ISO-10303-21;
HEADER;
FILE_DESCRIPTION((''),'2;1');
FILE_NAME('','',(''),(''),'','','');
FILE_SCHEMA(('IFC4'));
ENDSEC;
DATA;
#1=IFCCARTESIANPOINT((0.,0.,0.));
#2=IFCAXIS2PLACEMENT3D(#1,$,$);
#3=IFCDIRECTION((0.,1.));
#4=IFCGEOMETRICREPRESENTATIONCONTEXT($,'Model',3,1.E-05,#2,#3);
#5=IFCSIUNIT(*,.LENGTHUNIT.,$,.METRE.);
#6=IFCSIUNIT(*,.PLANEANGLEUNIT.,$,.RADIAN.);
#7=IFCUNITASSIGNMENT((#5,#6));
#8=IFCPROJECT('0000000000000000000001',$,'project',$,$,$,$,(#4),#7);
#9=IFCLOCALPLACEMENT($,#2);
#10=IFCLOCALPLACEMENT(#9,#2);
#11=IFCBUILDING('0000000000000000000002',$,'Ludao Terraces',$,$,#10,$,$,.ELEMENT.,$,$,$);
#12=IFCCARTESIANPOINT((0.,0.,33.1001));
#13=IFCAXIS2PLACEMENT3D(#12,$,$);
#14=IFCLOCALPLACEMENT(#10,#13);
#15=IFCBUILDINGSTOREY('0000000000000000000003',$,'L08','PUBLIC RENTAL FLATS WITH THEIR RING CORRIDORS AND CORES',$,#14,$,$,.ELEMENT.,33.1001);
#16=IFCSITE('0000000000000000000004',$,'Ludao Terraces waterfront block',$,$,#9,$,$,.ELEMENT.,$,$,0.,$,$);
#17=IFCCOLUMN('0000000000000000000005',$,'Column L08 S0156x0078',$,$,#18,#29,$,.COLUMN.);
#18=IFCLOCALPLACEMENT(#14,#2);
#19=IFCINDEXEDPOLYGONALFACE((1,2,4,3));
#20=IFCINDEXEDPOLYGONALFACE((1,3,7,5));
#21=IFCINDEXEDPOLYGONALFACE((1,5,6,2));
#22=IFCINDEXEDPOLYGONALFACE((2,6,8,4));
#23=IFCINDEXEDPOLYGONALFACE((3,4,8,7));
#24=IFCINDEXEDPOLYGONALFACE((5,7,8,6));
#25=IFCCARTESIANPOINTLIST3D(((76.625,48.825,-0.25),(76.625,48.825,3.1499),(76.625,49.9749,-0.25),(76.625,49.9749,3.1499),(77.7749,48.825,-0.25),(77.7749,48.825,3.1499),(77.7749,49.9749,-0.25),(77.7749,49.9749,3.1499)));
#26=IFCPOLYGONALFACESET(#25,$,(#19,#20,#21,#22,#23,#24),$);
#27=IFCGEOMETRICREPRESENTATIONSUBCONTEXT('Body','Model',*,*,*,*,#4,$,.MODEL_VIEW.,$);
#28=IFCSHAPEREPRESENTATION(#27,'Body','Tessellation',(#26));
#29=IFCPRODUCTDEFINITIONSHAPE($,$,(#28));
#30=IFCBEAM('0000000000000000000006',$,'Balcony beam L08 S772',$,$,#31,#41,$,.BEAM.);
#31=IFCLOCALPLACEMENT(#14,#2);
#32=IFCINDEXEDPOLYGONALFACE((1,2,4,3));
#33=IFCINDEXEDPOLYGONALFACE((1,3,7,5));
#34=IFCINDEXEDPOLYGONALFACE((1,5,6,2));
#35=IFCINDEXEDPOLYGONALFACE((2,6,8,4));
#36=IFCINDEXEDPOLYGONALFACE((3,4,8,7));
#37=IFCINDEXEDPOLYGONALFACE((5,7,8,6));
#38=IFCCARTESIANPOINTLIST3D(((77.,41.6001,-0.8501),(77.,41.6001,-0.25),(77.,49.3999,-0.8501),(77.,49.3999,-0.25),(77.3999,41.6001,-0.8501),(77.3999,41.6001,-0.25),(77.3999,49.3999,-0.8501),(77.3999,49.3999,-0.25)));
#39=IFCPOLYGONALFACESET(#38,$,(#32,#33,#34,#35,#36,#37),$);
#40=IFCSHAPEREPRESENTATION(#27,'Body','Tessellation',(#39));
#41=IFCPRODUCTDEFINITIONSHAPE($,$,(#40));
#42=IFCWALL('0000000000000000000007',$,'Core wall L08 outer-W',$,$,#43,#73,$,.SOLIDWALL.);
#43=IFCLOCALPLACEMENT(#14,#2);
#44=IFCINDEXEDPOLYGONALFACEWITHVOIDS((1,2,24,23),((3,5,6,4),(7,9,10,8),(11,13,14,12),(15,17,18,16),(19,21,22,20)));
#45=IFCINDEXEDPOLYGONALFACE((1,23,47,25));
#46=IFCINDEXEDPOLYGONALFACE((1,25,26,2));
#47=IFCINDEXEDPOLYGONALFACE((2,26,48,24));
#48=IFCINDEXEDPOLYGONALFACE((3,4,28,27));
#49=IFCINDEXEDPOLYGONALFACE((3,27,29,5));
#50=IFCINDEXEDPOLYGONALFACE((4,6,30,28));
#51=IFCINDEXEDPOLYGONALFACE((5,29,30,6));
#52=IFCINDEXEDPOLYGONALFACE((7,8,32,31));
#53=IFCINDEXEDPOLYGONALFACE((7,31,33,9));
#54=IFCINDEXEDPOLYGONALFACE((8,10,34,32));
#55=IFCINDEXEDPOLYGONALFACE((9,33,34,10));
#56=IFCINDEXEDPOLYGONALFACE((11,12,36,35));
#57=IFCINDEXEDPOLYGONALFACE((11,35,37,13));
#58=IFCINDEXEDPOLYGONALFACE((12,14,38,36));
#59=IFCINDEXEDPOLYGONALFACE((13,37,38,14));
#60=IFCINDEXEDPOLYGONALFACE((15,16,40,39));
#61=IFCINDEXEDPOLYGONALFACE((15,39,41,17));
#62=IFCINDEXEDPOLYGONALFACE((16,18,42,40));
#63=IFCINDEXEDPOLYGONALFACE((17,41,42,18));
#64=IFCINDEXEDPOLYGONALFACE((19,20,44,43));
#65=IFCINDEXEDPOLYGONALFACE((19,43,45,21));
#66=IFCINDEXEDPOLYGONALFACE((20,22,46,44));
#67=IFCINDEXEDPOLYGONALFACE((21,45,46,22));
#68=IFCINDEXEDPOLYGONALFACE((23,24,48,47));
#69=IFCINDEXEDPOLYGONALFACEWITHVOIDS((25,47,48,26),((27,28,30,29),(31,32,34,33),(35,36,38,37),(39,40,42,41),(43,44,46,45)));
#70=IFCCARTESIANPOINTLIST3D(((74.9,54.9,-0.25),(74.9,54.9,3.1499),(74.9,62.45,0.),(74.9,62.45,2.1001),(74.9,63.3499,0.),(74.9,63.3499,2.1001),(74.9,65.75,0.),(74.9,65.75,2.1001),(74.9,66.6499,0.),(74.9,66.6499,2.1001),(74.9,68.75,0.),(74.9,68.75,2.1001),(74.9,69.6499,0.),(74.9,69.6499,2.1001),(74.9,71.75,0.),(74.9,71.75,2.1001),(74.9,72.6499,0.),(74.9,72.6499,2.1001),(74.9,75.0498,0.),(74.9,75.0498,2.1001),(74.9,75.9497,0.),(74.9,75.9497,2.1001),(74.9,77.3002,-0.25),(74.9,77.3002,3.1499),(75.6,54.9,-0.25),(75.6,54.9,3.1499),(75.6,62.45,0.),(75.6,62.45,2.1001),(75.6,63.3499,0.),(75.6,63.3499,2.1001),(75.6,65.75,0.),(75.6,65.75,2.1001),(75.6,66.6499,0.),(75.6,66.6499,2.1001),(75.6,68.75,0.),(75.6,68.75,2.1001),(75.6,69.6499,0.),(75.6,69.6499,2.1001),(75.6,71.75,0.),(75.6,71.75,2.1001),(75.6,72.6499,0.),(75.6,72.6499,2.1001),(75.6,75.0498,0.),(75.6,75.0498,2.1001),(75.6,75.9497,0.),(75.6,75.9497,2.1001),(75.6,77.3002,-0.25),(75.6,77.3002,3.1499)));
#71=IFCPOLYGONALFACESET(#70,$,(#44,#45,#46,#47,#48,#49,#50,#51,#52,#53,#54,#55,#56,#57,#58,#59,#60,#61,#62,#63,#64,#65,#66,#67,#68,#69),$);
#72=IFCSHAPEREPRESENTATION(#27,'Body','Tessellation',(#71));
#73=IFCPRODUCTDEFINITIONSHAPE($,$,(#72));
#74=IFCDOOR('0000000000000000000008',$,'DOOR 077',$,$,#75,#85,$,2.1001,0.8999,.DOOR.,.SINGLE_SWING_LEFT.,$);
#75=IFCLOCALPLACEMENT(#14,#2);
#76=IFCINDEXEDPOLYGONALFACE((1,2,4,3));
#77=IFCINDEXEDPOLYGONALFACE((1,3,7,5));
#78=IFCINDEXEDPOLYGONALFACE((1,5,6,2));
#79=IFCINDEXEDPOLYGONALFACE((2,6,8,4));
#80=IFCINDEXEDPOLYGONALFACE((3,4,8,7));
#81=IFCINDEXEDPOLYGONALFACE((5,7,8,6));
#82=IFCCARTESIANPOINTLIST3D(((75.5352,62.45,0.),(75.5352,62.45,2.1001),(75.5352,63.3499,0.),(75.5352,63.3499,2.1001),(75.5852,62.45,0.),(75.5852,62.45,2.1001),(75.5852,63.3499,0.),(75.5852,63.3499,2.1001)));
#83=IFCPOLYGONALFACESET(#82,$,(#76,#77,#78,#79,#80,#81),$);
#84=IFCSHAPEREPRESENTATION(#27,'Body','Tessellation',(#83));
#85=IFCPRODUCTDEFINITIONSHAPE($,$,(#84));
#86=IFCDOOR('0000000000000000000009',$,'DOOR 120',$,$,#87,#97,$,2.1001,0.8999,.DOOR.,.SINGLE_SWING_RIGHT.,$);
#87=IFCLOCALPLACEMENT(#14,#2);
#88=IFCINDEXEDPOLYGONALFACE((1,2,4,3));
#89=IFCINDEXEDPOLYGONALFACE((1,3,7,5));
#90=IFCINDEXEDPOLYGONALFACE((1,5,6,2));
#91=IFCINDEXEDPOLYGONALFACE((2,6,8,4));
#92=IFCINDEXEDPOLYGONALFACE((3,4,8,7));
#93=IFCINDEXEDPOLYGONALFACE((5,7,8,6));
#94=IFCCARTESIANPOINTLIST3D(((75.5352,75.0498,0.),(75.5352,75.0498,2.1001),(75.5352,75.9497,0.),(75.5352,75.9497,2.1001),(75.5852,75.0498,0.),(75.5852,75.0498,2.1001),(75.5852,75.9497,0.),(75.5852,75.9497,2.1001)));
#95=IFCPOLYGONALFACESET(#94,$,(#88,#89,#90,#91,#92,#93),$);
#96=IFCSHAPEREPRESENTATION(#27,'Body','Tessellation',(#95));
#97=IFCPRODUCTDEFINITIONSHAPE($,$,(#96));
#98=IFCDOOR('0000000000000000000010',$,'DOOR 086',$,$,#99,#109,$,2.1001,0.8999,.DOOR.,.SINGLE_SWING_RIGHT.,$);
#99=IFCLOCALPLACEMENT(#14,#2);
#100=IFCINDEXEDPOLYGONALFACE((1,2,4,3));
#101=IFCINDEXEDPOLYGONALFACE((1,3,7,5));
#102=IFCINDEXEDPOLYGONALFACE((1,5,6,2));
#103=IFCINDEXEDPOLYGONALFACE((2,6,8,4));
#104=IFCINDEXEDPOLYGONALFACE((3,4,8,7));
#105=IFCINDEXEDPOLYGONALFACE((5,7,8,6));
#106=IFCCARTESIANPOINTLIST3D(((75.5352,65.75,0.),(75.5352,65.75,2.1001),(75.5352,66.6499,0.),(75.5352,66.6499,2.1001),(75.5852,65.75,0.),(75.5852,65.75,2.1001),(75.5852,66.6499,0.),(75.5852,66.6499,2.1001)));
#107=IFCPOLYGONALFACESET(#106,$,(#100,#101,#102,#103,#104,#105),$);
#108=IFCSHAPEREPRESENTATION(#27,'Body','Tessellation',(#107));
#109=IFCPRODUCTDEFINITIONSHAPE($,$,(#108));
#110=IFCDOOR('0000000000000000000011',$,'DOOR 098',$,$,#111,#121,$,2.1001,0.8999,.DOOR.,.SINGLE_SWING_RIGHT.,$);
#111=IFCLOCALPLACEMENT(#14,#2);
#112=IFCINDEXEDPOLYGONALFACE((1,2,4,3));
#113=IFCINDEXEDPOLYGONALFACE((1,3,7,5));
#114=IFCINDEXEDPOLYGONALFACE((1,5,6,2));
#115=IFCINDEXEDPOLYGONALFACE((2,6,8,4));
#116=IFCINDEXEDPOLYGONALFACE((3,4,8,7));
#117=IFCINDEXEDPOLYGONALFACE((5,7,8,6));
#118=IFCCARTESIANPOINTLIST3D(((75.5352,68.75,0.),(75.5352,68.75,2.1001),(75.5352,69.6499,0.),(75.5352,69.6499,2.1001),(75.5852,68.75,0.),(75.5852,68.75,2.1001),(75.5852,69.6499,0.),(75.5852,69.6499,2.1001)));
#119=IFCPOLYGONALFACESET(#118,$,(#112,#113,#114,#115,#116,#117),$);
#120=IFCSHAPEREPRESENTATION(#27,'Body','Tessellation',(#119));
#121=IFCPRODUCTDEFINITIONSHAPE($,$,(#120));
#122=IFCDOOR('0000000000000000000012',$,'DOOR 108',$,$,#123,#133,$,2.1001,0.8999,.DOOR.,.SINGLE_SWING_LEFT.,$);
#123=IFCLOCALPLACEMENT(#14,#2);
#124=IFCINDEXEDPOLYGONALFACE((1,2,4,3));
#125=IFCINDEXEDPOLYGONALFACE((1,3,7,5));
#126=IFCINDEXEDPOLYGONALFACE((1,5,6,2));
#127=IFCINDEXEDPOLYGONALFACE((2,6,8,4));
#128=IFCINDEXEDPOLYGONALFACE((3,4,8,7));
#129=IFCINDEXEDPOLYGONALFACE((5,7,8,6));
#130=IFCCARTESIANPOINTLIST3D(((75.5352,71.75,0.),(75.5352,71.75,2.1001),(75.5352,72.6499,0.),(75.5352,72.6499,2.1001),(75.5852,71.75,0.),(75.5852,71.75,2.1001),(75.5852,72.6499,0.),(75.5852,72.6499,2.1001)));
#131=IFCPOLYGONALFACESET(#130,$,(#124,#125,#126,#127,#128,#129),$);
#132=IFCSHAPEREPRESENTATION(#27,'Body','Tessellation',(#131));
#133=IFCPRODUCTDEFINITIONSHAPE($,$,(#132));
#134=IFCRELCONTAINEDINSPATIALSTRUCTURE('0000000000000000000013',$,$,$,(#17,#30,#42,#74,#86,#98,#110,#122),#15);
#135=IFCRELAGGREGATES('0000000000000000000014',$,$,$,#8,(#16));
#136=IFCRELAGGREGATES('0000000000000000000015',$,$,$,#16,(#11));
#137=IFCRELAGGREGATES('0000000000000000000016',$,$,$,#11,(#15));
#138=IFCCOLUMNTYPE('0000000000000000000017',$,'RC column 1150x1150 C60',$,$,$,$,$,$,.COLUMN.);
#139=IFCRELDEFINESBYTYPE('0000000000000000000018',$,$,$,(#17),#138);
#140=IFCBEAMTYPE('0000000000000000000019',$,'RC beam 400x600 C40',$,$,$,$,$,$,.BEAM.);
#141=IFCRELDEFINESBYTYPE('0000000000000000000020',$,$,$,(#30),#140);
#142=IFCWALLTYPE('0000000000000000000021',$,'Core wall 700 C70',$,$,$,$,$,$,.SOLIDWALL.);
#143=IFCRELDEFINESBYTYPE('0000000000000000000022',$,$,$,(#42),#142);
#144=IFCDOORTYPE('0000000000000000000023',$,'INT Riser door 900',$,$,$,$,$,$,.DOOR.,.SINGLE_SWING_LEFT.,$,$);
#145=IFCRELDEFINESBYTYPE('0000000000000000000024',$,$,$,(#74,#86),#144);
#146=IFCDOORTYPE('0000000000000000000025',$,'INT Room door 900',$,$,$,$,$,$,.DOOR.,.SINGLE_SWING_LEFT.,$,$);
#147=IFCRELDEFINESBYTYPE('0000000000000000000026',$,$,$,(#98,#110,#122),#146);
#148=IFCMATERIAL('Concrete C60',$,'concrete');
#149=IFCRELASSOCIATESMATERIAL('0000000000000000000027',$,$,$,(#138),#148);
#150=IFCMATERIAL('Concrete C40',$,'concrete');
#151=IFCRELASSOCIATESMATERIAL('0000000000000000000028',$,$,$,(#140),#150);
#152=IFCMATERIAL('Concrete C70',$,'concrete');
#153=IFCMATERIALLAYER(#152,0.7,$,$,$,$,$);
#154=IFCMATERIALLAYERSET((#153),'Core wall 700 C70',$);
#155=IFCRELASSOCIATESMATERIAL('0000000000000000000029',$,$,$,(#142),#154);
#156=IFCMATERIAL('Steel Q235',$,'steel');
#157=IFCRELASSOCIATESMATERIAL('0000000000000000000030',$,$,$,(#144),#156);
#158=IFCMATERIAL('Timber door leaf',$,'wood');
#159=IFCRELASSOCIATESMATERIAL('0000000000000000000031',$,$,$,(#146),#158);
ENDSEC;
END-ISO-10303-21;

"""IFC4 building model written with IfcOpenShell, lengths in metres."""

from ifc_helpers import new_model, si_unit, direction, frame, frame_2d, origin, origin_2d, place, context, subcontext, project, spatial, rectangle, extrude, material, layer, layer_set, material_profile, profile_set, type_object, element, fill, save


model = new_model("IFC4")

# Units and contexts
model_context = context("Model", 3, precision=1e-05, world=origin(), true_north=direction((0.0, 1.0)))
body_context = subcontext(model_context, "Body", "Model", "MODEL_VIEW")
ifc_project = project(units=[si_unit("LENGTHUNIT", "METRE"), si_unit("PLANEANGLEUNIT", "RADIAN")], contexts=[model_context])

# Site, building, storey
site_placement = place(None, origin())
site = spatial("IfcSite", under=ifc_project, at=site_placement, Name="Ludao Terraces waterfront block", CompositionType="ELEMENT", RefElevation=0.0)
building_placement = place(site_placement, origin())
building = spatial("IfcBuilding", under=site, at=building_placement, Name="Ludao Terraces", CompositionType="ELEMENT")
storey_placement = place(building_placement, frame((0.0, 0.0, 33.1001)))
storey = spatial("IfcBuildingStorey", under=building, at=storey_placement, Name="L08", Description="PUBLIC RENTAL FLATS WITH THEIR RING CORRIDORS AND CORES", CompositionType="ELEMENT", Elevation=33.1001)

# Column
ifc_material_1 = material(Name="Concrete C60", Category="concrete")
ifc_material_profile_1 = material_profile(ifc_material_1, rectangle(XDim=1.1499, YDim=1.1499, at=origin_2d()), Name="1150 X 1150")
ifc_profile_set_1 = profile_set([ifc_material_profile_1], Name="Concrete C60")
column_type = type_object("IfcColumnType", Name="RC column 1150x1150 C60", PredefinedType="COLUMN", material=ifc_profile_set_1)
column_placement = place(storey_placement, frame((77.2, 49.3999, -0.25), z_axis=(0.0, 0.0, 1.0), x_axis=(1.0, 0.0, 0.0)))
element("IfcColumn", 1, at=column_placement, inside=storey, type_object=column_type, Name="Column L08 S0156x0078", PredefinedType="COLUMN", context=body_context, shape_type="SweptSolid", body=[
    extrude(rectangle(XDim=1.1499, YDim=1.1499, at=origin_2d()), origin(), (0.0, 0.0, 1.0), 3.3999),
])

# Beam
ifc_material_2 = material(Name="Concrete C40", Category="concrete")
ifc_material_profile_2 = material_profile(ifc_material_2, rectangle(XDim=0.3999, YDim=0.6001, at=origin_2d()), Name="400 X 600")
ifc_profile_set_2 = profile_set([ifc_material_profile_2], Name="Concrete C40")
beam_type = type_object("IfcBeamType", Name="RC beam 400x600 C40", PredefinedType="BEAM", material=ifc_profile_set_2)
beam_placement = place(storey_placement, frame((77.2, 49.3999, -0.55), z_axis=(0.0, -1.0, 0.0), x_axis=(1.0, 0.0, 0.0)))
element("IfcBeam", 2, at=beam_placement, inside=storey, type_object=beam_type, Name="Balcony beam L08 S772", PredefinedType="BEAM", context=body_context, shape_type="SweptSolid", body=[
    extrude(rectangle(XDim=0.3999, YDim=0.6001, at=origin_2d()), origin(), (0.0, 0.0, 1.0), 7.7998),
])

# Wall, openings, doors
ifc_material_3 = material(Name="Concrete C70", Category="concrete")
ifc_layer_1 = layer(ifc_material_3, 0.7)
ifc_layer_set_1 = layer_set([ifc_layer_1], Name="Core wall 700 C70")
wall_type_1 = type_object("IfcWallType", Name="Core wall 700 C70", PredefinedType="SOLIDWALL", material=ifc_layer_set_1)
wall_1_placement = place(storey_placement, frame((75.25, 54.8999, -0.25), z_axis=(0.0, 0.0, 1.0), x_axis=(0.0, 1.0, 0.0)))
wall_1 = element("IfcWall", 3, at=wall_1_placement, inside=storey, type_object=wall_type_1, Name="Core wall L08 outer-W", PredefinedType="SOLIDWALL", context=body_context, shape_type="SweptSolid", body=[
    extrude(rectangle(XDim=22.4001, YDim=0.7, at=frame_2d((11.2002, 0.0))), origin(), (0.0, 0.0, 1.0), 3.3999),
])
opening_1_placement = place(wall_1_placement, frame((7.55, 0.0, 0.25)))
opening_1 = element("IfcOpeningElement", 4, at=opening_1_placement, cuts=wall_1, PredefinedType="OPENING", context=body_context, shape_type="SweptSolid", body=[
    extrude(rectangle(XDim=0.8999, YDim=2.1001, at=frame_2d((0.45, 1.05))), frame((0.0, 0.3599, 0.0), z_axis=(0.0, -1.0, 0.0), x_axis=(1.0, 0.0, 0.0)), (0.0, 0.0, 1.0), 0.72),
])
opening_2_placement = place(wall_1_placement, frame((10.8501, 0.0, 0.25)))
opening_2 = element("IfcOpeningElement", 5, at=opening_2_placement, cuts=wall_1, PredefinedType="OPENING", context=body_context, shape_type="SweptSolid", body=[
    extrude(rectangle(XDim=0.8999, YDim=2.1001, at=frame_2d((0.45, 1.05))), frame((0.0, 0.3599, 0.0), z_axis=(0.0, -1.0, 0.0), x_axis=(1.0, 0.0, 0.0)), (0.0, 0.0, 1.0), 0.72),
])
opening_3_placement = place(wall_1_placement, frame((13.8501, 0.0, 0.25)))
opening_3 = element("IfcOpeningElement", 6, at=opening_3_placement, cuts=wall_1, PredefinedType="OPENING", context=body_context, shape_type="SweptSolid", body=[
    extrude(rectangle(XDim=0.8999, YDim=2.1001, at=frame_2d((0.45, 1.05))), frame((0.0, 0.3599, 0.0), z_axis=(0.0, -1.0, 0.0), x_axis=(1.0, 0.0, 0.0)), (0.0, 0.0, 1.0), 0.72),
])
opening_4_placement = place(wall_1_placement, frame((16.8501, 0.0, 0.25)))
opening_4 = element("IfcOpeningElement", 7, at=opening_4_placement, cuts=wall_1, PredefinedType="OPENING", context=body_context, shape_type="SweptSolid", body=[
    extrude(rectangle(XDim=0.8999, YDim=2.1001, at=frame_2d((0.45, 1.05))), frame((0.0, 0.3599, 0.0), z_axis=(0.0, -1.0, 0.0), x_axis=(1.0, 0.0, 0.0)), (0.0, 0.0, 1.0), 0.72),
])
opening_5_placement = place(wall_1_placement, frame((20.1499, 0.0, 0.25)))
opening_5 = element("IfcOpeningElement", 8, at=opening_5_placement, cuts=wall_1, PredefinedType="OPENING", context=body_context, shape_type="SweptSolid", body=[
    extrude(rectangle(XDim=0.8999, YDim=2.1001, at=frame_2d((0.45, 1.05))), frame((0.0, 0.3599, 0.0), z_axis=(0.0, -1.0, 0.0), x_axis=(1.0, 0.0, 0.0)), (0.0, 0.0, 1.0), 0.72),
])
ifc_material_4 = material(Name="Steel Q235", Category="steel")
door_type_1 = type_object("IfcDoorType", Name="INT Riser door 900", OperationType="SINGLE_SWING_LEFT", PredefinedType="DOOR", material=ifc_material_4)
door_1_placement = place(opening_1_placement, origin())
door_1 = element("IfcDoor", 9, at=door_1_placement, inside=storey, type_object=door_type_1, Name="DOOR 077", OperationType="SINGLE_SWING_LEFT", OverallHeight=2.1001, OverallWidth=0.8999, PredefinedType="DOOR", context=body_context, shape_type="SweptSolid", body=[
    extrude(rectangle(XDim=0.8999, YDim=2.1001, at=frame_2d((0.45, 1.05))), frame((0.0, -0.2852, 0.0), z_axis=(0.0, -1.0, 0.0), x_axis=(1.0, 0.0, 0.0)), (0.0, 0.0, 1.0), 0.05),
])
fill(opening_1, door_1)
door_2_placement = place(opening_5_placement, origin())
door_2 = element("IfcDoor", 10, at=door_2_placement, inside=storey, type_object=door_type_1, Name="DOOR 120", OperationType="SINGLE_SWING_RIGHT", OverallHeight=2.1001, OverallWidth=0.8999, PredefinedType="DOOR", context=body_context, shape_type="SweptSolid", body=[
    extrude(rectangle(XDim=0.8999, YDim=2.1001, at=frame_2d((0.45, 1.05))), frame((0.0, -0.2852, 0.0), z_axis=(0.0, -1.0, 0.0), x_axis=(1.0, 0.0, 0.0)), (0.0, 0.0, 1.0), 0.05),
])
fill(opening_5, door_2)
ifc_material_5 = material(Name="Timber door leaf", Category="wood")
door_type_2 = type_object("IfcDoorType", Name="INT Room door 900", OperationType="SINGLE_SWING_LEFT", PredefinedType="DOOR", material=ifc_material_5)
door_3_placement = place(opening_2_placement, origin())
door_3 = element("IfcDoor", 11, at=door_3_placement, inside=storey, type_object=door_type_2, Name="DOOR 086", OperationType="SINGLE_SWING_RIGHT", OverallHeight=2.1001, OverallWidth=0.8999, PredefinedType="DOOR", context=body_context, shape_type="SweptSolid", body=[
    extrude(rectangle(XDim=0.8999, YDim=2.1001, at=frame_2d((0.45, 1.05))), frame((0.0, -0.2852, 0.0), z_axis=(0.0, -1.0, 0.0), x_axis=(1.0, 0.0, 0.0)), (0.0, 0.0, 1.0), 0.05),
])
fill(opening_2, door_3)
door_4_placement = place(opening_3_placement, origin())
door_4 = element("IfcDoor", 12, at=door_4_placement, inside=storey, type_object=door_type_2, Name="DOOR 098", OperationType="SINGLE_SWING_RIGHT", OverallHeight=2.1001, OverallWidth=0.8999, PredefinedType="DOOR", context=body_context, shape_type="SweptSolid", body=[
    extrude(rectangle(XDim=0.8999, YDim=2.1001, at=frame_2d((0.45, 1.05))), frame((0.0, -0.2852, 0.0), z_axis=(0.0, -1.0, 0.0), x_axis=(1.0, 0.0, 0.0)), (0.0, 0.0, 1.0), 0.05),
])
fill(opening_3, door_4)
door_5_placement = place(opening_4_placement, origin())
door_5 = element("IfcDoor", 13, at=door_5_placement, inside=storey, type_object=door_type_2, Name="DOOR 108", OperationType="SINGLE_SWING_LEFT", OverallHeight=2.1001, OverallWidth=0.8999, PredefinedType="DOOR", context=body_context, shape_type="SweptSolid", body=[
    extrude(rectangle(XDim=0.8999, YDim=2.1001, at=frame_2d((0.45, 1.05))), frame((0.0, -0.2852, 0.0), z_axis=(0.0, -1.0, 0.0), x_axis=(1.0, 0.0, 0.0)), (0.0, 0.0, 1.0), 0.05),
])
fill(opening_4, door_5)

save(model, "model.ifc")
